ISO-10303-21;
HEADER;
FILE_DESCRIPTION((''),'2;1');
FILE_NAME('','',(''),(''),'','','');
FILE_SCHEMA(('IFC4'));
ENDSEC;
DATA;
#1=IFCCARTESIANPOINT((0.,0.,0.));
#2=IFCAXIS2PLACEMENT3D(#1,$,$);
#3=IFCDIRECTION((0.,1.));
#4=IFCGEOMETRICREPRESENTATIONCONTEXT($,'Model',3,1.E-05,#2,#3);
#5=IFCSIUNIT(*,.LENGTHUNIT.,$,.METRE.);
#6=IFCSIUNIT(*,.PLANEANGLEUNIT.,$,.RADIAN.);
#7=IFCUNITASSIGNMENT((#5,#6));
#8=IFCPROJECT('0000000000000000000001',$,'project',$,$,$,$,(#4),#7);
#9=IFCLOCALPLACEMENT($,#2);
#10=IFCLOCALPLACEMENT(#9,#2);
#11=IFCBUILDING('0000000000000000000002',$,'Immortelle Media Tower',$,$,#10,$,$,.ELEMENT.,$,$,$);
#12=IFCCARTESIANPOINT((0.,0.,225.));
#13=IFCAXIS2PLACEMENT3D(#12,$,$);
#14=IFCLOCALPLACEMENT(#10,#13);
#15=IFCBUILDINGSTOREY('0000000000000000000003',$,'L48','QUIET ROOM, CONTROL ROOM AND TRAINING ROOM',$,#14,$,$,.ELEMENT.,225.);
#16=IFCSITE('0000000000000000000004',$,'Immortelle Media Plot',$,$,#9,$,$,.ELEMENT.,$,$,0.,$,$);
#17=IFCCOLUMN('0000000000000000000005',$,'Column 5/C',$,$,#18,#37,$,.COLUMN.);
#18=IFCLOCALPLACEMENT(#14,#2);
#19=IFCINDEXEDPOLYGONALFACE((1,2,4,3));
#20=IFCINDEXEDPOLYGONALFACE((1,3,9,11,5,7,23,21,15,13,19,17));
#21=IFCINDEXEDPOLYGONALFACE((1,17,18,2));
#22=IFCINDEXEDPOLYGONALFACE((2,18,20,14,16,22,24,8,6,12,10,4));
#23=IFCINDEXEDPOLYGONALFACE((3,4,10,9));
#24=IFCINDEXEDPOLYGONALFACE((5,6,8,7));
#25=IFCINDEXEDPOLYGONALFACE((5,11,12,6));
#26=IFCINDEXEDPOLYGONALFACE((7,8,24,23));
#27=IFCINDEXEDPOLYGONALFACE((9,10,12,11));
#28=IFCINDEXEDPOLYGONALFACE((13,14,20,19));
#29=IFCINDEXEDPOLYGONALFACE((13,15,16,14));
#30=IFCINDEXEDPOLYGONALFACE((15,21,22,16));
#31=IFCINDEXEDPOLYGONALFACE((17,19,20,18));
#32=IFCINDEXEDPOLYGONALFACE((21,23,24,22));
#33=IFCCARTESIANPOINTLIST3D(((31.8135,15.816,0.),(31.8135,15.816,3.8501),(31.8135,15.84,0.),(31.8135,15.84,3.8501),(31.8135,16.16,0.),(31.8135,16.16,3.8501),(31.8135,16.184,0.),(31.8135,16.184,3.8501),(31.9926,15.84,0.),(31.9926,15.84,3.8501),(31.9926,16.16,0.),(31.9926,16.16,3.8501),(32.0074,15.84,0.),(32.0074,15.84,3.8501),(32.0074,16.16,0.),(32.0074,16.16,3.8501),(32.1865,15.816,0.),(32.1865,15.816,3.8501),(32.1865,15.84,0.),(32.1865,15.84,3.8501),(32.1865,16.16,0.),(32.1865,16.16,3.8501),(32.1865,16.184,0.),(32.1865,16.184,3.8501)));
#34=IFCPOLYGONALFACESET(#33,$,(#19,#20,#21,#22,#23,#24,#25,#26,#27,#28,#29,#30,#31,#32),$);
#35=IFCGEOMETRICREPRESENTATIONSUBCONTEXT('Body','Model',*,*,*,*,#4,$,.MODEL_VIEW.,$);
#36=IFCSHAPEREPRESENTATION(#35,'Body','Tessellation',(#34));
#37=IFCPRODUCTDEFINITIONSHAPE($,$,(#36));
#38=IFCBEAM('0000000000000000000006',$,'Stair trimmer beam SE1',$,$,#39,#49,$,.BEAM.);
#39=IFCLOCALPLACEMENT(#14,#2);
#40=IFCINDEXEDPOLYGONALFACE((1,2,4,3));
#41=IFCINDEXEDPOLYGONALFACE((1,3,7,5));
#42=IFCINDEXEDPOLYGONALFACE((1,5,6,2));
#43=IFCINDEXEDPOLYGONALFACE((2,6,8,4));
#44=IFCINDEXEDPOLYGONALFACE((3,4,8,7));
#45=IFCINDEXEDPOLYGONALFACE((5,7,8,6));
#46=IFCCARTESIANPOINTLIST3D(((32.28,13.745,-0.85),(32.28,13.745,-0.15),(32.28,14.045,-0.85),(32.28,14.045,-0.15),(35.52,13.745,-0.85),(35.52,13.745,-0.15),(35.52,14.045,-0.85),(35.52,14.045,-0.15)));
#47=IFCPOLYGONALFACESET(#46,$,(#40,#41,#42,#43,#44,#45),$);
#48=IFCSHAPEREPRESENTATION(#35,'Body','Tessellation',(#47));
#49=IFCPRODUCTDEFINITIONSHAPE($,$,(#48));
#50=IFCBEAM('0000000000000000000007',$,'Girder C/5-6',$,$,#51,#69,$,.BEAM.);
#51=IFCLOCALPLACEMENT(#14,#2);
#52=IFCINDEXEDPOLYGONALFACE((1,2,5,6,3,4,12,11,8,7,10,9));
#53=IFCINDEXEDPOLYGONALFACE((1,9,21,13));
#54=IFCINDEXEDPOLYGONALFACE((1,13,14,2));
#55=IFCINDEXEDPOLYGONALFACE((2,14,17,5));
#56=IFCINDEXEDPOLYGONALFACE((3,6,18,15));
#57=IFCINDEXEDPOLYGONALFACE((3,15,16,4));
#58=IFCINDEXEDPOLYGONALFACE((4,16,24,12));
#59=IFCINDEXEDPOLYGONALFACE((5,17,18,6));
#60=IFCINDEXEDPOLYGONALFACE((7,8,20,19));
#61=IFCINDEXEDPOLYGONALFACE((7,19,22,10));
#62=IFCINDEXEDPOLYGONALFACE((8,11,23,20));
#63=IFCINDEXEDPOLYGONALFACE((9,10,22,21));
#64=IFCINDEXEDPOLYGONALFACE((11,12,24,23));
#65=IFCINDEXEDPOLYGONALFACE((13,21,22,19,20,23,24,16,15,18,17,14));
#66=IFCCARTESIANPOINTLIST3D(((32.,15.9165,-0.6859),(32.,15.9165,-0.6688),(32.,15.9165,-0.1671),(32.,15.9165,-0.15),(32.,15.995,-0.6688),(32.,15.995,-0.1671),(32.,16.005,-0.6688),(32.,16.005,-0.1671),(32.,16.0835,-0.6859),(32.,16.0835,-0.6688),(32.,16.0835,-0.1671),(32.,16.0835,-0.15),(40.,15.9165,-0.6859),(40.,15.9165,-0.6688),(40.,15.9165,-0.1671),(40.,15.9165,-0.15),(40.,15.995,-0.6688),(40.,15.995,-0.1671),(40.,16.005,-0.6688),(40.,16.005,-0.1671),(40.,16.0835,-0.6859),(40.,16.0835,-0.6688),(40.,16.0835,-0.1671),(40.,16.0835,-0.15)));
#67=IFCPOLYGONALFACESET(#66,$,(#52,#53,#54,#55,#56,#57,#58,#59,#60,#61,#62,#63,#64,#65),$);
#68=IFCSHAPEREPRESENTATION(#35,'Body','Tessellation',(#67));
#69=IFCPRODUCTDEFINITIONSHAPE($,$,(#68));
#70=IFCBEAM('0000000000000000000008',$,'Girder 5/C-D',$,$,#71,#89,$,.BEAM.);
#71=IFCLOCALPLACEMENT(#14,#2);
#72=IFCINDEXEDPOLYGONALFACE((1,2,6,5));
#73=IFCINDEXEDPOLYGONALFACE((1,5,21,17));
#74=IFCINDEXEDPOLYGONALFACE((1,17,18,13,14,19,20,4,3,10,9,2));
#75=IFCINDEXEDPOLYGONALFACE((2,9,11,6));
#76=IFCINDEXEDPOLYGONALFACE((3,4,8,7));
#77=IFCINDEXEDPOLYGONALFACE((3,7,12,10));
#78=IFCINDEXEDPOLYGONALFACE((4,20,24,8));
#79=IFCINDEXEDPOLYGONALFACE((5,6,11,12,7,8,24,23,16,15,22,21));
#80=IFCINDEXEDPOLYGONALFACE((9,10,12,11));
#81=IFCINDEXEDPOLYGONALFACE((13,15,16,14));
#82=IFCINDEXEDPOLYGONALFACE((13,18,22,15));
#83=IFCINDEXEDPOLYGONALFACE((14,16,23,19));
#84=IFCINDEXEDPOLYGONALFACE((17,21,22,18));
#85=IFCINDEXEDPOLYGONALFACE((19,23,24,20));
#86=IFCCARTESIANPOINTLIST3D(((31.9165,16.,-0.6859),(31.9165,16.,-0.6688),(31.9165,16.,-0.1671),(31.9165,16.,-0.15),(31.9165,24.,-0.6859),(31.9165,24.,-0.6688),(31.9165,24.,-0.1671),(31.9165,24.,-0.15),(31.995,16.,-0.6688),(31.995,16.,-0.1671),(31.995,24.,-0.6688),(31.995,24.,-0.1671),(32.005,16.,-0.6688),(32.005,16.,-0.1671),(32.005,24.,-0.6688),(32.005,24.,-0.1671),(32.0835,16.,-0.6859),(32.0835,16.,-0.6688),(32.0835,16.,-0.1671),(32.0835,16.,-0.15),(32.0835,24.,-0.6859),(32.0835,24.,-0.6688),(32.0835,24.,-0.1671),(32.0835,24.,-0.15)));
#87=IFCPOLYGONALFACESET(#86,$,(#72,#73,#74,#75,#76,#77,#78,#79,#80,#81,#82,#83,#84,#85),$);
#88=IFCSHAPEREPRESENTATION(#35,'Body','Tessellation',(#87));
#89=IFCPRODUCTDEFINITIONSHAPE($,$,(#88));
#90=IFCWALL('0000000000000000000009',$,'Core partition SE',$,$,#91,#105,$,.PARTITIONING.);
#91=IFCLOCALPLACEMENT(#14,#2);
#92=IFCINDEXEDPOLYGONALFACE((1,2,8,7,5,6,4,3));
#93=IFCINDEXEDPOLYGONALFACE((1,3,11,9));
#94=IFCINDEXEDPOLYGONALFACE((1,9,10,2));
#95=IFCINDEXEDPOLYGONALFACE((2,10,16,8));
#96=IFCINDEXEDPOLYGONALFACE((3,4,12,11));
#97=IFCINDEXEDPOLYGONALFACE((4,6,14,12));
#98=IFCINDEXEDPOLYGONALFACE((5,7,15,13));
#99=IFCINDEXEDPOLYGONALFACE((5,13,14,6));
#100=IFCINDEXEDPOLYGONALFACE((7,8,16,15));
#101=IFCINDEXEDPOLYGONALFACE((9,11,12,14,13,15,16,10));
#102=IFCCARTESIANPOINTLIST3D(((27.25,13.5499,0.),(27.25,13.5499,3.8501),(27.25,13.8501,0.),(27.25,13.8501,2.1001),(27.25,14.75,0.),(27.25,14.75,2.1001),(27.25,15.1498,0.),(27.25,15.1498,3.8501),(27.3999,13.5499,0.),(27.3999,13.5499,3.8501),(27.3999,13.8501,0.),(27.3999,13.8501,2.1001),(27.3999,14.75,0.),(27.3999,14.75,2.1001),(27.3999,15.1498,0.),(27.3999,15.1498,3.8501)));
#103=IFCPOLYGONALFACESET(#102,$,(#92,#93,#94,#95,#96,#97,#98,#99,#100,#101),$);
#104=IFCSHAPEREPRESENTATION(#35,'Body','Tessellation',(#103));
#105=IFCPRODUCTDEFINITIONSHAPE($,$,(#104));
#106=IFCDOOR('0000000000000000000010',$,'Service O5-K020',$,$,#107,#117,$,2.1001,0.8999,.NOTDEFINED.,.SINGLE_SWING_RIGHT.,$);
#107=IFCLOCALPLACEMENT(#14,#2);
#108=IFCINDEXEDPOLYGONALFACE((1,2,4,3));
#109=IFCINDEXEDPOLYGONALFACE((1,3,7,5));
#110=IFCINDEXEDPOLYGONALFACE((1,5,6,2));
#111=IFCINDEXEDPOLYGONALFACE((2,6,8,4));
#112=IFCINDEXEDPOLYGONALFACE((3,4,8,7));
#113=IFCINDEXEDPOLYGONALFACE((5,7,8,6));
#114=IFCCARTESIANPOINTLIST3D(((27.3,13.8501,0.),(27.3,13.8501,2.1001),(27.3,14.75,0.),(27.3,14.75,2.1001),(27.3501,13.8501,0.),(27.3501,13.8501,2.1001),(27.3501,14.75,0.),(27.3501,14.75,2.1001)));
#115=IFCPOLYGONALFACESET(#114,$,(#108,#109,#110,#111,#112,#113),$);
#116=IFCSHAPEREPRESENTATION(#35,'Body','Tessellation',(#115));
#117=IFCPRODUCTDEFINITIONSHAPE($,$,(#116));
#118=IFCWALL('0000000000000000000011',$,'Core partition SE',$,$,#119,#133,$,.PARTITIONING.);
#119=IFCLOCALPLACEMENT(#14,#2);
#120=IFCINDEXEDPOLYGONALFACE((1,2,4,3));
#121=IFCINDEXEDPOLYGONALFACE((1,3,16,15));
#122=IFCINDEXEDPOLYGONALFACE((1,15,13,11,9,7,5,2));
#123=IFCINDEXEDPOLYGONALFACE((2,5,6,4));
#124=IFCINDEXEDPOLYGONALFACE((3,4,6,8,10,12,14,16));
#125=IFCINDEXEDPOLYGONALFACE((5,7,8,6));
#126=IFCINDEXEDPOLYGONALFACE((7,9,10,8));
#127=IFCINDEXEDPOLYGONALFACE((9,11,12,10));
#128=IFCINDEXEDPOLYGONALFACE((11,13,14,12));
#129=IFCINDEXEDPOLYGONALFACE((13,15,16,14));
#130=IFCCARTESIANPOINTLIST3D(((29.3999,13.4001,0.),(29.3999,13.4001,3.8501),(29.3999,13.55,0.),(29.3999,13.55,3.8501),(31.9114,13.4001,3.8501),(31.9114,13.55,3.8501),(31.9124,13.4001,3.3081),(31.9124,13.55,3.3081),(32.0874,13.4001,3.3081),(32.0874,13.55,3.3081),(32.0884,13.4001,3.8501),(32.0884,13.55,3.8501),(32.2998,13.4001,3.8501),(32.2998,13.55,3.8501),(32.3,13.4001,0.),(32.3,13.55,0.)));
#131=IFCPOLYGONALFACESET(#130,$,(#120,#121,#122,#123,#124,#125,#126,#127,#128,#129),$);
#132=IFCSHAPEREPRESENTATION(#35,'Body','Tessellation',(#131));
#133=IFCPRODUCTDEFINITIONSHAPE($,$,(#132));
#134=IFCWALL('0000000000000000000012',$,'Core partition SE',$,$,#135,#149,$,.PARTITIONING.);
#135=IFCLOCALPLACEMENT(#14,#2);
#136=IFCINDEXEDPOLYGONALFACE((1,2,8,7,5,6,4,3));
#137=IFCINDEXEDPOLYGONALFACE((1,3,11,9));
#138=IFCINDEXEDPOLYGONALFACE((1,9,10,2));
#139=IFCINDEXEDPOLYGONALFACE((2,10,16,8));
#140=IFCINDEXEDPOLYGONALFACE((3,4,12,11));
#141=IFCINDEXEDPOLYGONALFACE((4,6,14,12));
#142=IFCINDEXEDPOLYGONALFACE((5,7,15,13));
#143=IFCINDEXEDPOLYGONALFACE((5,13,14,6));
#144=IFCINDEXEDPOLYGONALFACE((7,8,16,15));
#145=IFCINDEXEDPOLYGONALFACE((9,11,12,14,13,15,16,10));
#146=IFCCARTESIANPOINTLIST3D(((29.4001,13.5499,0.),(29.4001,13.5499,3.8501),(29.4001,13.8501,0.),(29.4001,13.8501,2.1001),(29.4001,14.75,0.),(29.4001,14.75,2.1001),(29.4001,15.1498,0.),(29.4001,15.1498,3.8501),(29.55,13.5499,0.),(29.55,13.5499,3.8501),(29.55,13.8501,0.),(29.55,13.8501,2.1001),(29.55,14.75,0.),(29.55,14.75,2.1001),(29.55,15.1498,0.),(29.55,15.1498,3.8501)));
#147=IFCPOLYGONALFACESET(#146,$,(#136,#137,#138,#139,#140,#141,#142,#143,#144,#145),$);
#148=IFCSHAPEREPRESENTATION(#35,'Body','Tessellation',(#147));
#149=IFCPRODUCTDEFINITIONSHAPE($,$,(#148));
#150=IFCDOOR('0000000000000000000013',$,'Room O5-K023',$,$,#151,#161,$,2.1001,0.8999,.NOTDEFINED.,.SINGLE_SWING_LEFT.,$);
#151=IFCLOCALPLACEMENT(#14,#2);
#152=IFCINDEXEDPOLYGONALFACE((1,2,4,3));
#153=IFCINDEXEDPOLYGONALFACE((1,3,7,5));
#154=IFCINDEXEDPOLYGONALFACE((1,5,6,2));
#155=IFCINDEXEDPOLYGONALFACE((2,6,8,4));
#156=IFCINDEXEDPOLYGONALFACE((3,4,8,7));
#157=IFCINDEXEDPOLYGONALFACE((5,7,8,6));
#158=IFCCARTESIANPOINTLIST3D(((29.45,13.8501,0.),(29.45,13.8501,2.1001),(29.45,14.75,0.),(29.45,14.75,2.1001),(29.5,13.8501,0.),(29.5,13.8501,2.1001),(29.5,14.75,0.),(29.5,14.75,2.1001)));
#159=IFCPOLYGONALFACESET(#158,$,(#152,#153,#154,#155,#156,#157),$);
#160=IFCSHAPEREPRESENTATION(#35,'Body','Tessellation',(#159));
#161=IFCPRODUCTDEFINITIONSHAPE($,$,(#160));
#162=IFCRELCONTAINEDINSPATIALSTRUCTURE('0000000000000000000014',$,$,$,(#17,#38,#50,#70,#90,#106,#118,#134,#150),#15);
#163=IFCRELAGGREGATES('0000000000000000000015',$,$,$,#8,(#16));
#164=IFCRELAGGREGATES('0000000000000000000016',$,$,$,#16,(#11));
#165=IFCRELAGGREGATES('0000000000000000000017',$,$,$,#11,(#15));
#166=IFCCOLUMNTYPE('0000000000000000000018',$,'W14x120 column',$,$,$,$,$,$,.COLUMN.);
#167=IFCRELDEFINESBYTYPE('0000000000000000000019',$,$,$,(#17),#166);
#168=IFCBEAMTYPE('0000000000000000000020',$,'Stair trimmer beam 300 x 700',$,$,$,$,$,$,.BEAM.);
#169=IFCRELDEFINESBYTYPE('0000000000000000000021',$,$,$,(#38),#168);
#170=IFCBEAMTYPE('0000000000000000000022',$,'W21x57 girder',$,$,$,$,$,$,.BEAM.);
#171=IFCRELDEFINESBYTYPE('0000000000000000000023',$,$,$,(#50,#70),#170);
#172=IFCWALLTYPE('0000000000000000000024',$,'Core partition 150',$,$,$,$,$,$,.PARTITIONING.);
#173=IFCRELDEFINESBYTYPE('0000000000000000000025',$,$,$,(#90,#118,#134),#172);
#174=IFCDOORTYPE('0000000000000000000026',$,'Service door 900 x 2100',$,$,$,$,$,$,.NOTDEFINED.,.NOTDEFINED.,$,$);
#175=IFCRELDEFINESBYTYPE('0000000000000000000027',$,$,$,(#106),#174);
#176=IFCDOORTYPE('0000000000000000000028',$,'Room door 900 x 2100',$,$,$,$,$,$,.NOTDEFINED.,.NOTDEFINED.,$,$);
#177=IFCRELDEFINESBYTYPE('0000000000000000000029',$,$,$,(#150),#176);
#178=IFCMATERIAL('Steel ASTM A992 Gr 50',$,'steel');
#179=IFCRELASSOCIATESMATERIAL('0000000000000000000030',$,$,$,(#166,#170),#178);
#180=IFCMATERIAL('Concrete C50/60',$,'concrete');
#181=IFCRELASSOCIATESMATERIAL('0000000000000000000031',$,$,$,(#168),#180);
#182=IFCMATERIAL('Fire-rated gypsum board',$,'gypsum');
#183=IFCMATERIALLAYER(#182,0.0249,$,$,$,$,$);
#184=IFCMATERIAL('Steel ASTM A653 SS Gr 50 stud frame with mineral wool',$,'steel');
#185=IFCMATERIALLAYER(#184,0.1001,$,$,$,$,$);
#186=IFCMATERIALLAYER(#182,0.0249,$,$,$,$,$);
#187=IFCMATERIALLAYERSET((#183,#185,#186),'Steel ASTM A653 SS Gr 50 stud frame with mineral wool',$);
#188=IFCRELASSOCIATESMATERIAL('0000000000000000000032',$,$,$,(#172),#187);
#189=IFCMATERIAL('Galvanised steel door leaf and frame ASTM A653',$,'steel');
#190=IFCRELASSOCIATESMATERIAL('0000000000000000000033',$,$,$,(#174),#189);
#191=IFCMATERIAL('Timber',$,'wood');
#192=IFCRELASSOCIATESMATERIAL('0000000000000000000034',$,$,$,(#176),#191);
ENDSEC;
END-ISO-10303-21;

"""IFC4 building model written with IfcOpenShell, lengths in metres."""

from ifc_helpers import new_model, si_unit, direction, frame, frame_2d, origin, origin_2d, place, context, subcontext, project, spatial, polyline, rectangle, i_section, outline, extrude, material, layer, layer_set, material_profile, profile_set, type_object, element, fill, save


model = new_model("IFC4")

# Units and contexts
model_context = context("Model", 3, precision=1e-05, world=origin(), true_north=direction((0.0, 1.0)))
body_context = subcontext(model_context, "Body", "Model", "MODEL_VIEW")
ifc_project = project(units=[si_unit("LENGTHUNIT", "METRE"), si_unit("PLANEANGLEUNIT", "RADIAN")], contexts=[model_context])

# Site, building, storey
site_placement = place(None, origin())
site = spatial("IfcSite", under=ifc_project, at=site_placement, Name="Immortelle Media Plot", CompositionType="ELEMENT", RefElevation=0.0)
building_placement = place(site_placement, origin())
building = spatial("IfcBuilding", under=site, at=building_placement, Name="Immortelle Media Tower", CompositionType="ELEMENT")
storey_placement = place(building_placement, frame((0.0, 0.0, 225.0)))
storey = spatial("IfcBuildingStorey", under=building, at=storey_placement, Name="L48", Description="QUIET ROOM, CONTROL ROOM AND TRAINING ROOM", CompositionType="ELEMENT", Elevation=225.0)

# Column
ifc_material_1 = material(Name="Steel ASTM A992 Gr 50", Category="steel")
ifc_material_profile_1 = material_profile(ifc_material_1, i_section(OverallWidth=0.373, OverallDepth=0.3679, WebThickness=0.0149, FlangeThickness=0.0239, at=origin_2d()), Name="W14x120")
ifc_profile_set_1 = profile_set([ifc_material_profile_1], Name="Steel ASTM A992 Gr 50")
column_type = type_object("IfcColumnType", Name="W14x120 column", PredefinedType="COLUMN", material=ifc_profile_set_1)
column_placement = place(storey_placement, frame((32.0, 16.0, 0.0), z_axis=(0.0, 0.0, 1.0), x_axis=(1.0, 0.0, 0.0)))
element("IfcColumn", 1, at=column_placement, inside=storey, type_object=column_type, Name="Column 5/C", PredefinedType="COLUMN", context=body_context, shape_type="SweptSolid", body=[
    extrude(i_section(OverallWidth=0.373, OverallDepth=0.3679, WebThickness=0.0149, FlangeThickness=0.0239, at=origin_2d()), origin(), (0.0, 0.0, 1.0), 3.8501),
])

# Beams
ifc_material_2 = material(Name="Concrete C50/60", Category="concrete")
ifc_material_profile_2 = material_profile(ifc_material_2, rectangle(XDim=0.3, YDim=0.7, at=origin_2d()), Name="RC 300x700")
ifc_profile_set_2 = profile_set([ifc_material_profile_2], Name="Concrete C50/60")
beam_type_1 = type_object("IfcBeamType", Name="Stair trimmer beam 300 x 700", PredefinedType="BEAM", material=ifc_profile_set_2)
beam_placement = place(storey_placement, frame((32.28, 13.895, -0.5), z_axis=(1.0, 0.0, 0.0), x_axis=(0.0, 1.0, 0.0)))
element("IfcBeam", 2, at=beam_placement, inside=storey, type_object=beam_type_1, Name="Stair trimmer beam SE1", PredefinedType="BEAM", context=body_context, shape_type="SweptSolid", body=[
    extrude(rectangle(XDim=0.3, YDim=0.7, at=origin_2d()), origin(), (0.0, 0.0, 1.0), 3.24),
])
ifc_material_profile_3 = material_profile(ifc_material_1, i_section(OverallWidth=0.167, OverallDepth=0.5359, WebThickness=0.01, FlangeThickness=0.0171, at=origin_2d()), Name="W21x57")
ifc_profile_set_3 = profile_set([ifc_material_profile_3], Name="Steel ASTM A992 Gr 50")
beam_type_2 = type_object("IfcBeamType", Name="W21x57 girder", PredefinedType="BEAM", material=ifc_profile_set_3)
for number, where, z_axis, x_axis, name in (
    (3, (32.0, 16.0, -0.418), (1.0, 0.0, 0.0), (0.0, 1.0, 0.0), "Girder C/5-6"),
    (4, (32.0, 16.0, -0.418), (0.0, 1.0, 0.0), (-1.0, 0.0, 0.0), "Girder 5/C-D"),
):
    element("IfcBeam", number, at=place(storey_placement, frame(where, z_axis=z_axis, x_axis=x_axis)), inside=storey, type_object=beam_type_2, Name=name, PredefinedType="BEAM", context=body_context, shape_type="SweptSolid", body=[
        extrude(i_section(OverallWidth=0.167, OverallDepth=0.5359, WebThickness=0.01, FlangeThickness=0.0171, at=origin_2d()), origin(), (0.0, 0.0, 1.0), 8.0),
    ])

# Wall, opening, door
ifc_material_3 = material(Name="Fire-rated gypsum board", Category="gypsum")
ifc_layer_1 = layer(ifc_material_3, 0.0249)
ifc_material_4 = material(Name="Steel ASTM A653 SS Gr 50 stud frame with mineral wool", Category="steel")
ifc_layer_2 = layer(ifc_material_4, 0.1001)
ifc_layer_3 = layer(ifc_material_3, 0.0249)
ifc_layer_set_1 = layer_set([ifc_layer_1, ifc_layer_2, ifc_layer_3], Name="Steel ASTM A653 SS Gr 50 stud frame with mineral wool")
wall_type_1 = type_object("IfcWallType", Name="Core partition 150", PredefinedType="PARTITIONING", material=ifc_layer_set_1)
wall_1_placement = place(storey_placement, frame((27.325, 13.55, 0.0), z_axis=(0.0, 0.0, 1.0), x_axis=(0.0, 1.0, 0.0)))
wall_1 = element("IfcWall", 5, at=wall_1_placement, inside=storey, type_object=wall_type_1, Name="Core partition SE", PredefinedType="PARTITIONING", context=body_context, shape_type="SweptSolid", body=[
    extrude(rectangle(XDim=1.5999, YDim=0.1499, at=frame_2d((0.7998, 0.0))), origin(), (0.0, 0.0, 1.0), 3.8501),
])
opening_1_placement = place(wall_1_placement, frame((0.3, 0.0, 0.0)))
opening_1 = element("IfcOpeningElement", 6, at=opening_1_placement, cuts=wall_1, PredefinedType="OPENING", context=body_context, shape_type="SweptSolid", body=[
    extrude(rectangle(XDim=0.8999, YDim=2.1001, at=frame_2d((0.45, 1.05))), frame((0.0, 0.085, 0.0), z_axis=(0.0, -1.0, 0.0), x_axis=(1.0, 0.0, 0.0)), (0.0, 0.0, 1.0), 0.1699),
])
ifc_material_5 = material(Name="Galvanised steel door leaf and frame ASTM A653", Category="steel")
door_type_1 = type_object("IfcDoorType", Name="Service door 900 x 2100", OperationType="NOTDEFINED", PredefinedType="NOTDEFINED", material=ifc_material_5)
door_1_placement = place(opening_1_placement, origin())
door_1 = element("IfcDoor", 7, at=door_1_placement, inside=storey, type_object=door_type_1, Name="Service O5-K020", OperationType="SINGLE_SWING_RIGHT", OverallHeight=2.1001, OverallWidth=0.8999, PredefinedType="NOTDEFINED", context=body_context, shape_type="SweptSolid", body=[
    extrude(rectangle(XDim=0.8999, YDim=2.1001, at=frame_2d((0.45, 1.05))), frame((0.0, 0.0249, 0.0), z_axis=(0.0, -1.0, 0.0), x_axis=(1.0, 0.0, 0.0)), (0.0, 0.0, 1.0), 0.05),
])
fill(opening_1, door_1)

# Wall
wall_2_placement = place(storey_placement, frame((29.3999, 13.4751, 0.0), z_axis=(0.0, 0.0, 1.0), x_axis=(1.0, 0.0, 0.0)))
element("IfcWall", 8, at=wall_2_placement, inside=storey, type_object=wall_type_1, Name="Core partition SE", PredefinedType="PARTITIONING", context=body_context, shape_type="SweptSolid", body=[
    extrude(outline(polyline([(0.0, 0.0), (2.9001, 0.0), (2.8999, 3.8501), (2.6885, 3.8501), (2.6875, 3.3081), (2.5125, 3.3081), (2.5115, 3.8501), (0.0, 3.8501), (0.0, 0.0)])), frame((0.0, 0.075, 0.0), z_axis=(0.0, -1.0, 0.0), x_axis=(1.0, 0.0, 0.0)), (0.0, 0.0, 1.0), 0.1499),
])

# Wall, opening, door
wall_3_placement = place(storey_placement, frame((29.4751, 13.55, 0.0), z_axis=(0.0, 0.0, 1.0), x_axis=(0.0, 1.0, 0.0)))
wall_3 = element("IfcWall", 9, at=wall_3_placement, inside=storey, type_object=wall_type_1, Name="Core partition SE", PredefinedType="PARTITIONING", context=body_context, shape_type="SweptSolid", body=[
    extrude(rectangle(XDim=1.5999, YDim=0.1499, at=frame_2d((0.7998, 0.0))), origin(), (0.0, 0.0, 1.0), 3.8501),
])
opening_2_placement = place(wall_3_placement, frame((1.2, 0.0, 0.0), z_axis=(0.0, 0.0, 1.0), x_axis=(-1.0, 0.0, 0.0)))
opening_2 = element("IfcOpeningElement", 10, at=opening_2_placement, cuts=wall_3, PredefinedType="OPENING", context=body_context, shape_type="SweptSolid", body=[
    extrude(rectangle(XDim=0.8999, YDim=2.1001, at=frame_2d((0.45, 1.05))), frame((0.0, 0.085, 0.0), z_axis=(0.0, -1.0, 0.0), x_axis=(1.0, 0.0, 0.0)), (0.0, 0.0, 1.0), 0.1699),
])
ifc_material_6 = material(Name="Timber", Category="wood")
door_type_2 = type_object("IfcDoorType", Name="Room door 900 x 2100", OperationType="NOTDEFINED", PredefinedType="NOTDEFINED", material=ifc_material_6)
door_2_placement = place(opening_2_placement, origin())
door_2 = element("IfcDoor", 11, at=door_2_placement, inside=storey, type_object=door_type_2, Name="Room O5-K023", OperationType="SINGLE_SWING_LEFT", OverallHeight=2.1001, OverallWidth=0.8999, PredefinedType="NOTDEFINED", context=body_context, shape_type="SweptSolid", body=[
    extrude(rectangle(XDim=0.8999, YDim=2.1001, at=frame_2d((0.45, 1.05))), frame((0.0, 0.0249, 0.0), z_axis=(0.0, -1.0, 0.0), x_axis=(1.0, 0.0, 0.0)), (0.0, 0.0, 1.0), 0.05),
])
fill(opening_2, door_2)

save(model, "model.ifc")
